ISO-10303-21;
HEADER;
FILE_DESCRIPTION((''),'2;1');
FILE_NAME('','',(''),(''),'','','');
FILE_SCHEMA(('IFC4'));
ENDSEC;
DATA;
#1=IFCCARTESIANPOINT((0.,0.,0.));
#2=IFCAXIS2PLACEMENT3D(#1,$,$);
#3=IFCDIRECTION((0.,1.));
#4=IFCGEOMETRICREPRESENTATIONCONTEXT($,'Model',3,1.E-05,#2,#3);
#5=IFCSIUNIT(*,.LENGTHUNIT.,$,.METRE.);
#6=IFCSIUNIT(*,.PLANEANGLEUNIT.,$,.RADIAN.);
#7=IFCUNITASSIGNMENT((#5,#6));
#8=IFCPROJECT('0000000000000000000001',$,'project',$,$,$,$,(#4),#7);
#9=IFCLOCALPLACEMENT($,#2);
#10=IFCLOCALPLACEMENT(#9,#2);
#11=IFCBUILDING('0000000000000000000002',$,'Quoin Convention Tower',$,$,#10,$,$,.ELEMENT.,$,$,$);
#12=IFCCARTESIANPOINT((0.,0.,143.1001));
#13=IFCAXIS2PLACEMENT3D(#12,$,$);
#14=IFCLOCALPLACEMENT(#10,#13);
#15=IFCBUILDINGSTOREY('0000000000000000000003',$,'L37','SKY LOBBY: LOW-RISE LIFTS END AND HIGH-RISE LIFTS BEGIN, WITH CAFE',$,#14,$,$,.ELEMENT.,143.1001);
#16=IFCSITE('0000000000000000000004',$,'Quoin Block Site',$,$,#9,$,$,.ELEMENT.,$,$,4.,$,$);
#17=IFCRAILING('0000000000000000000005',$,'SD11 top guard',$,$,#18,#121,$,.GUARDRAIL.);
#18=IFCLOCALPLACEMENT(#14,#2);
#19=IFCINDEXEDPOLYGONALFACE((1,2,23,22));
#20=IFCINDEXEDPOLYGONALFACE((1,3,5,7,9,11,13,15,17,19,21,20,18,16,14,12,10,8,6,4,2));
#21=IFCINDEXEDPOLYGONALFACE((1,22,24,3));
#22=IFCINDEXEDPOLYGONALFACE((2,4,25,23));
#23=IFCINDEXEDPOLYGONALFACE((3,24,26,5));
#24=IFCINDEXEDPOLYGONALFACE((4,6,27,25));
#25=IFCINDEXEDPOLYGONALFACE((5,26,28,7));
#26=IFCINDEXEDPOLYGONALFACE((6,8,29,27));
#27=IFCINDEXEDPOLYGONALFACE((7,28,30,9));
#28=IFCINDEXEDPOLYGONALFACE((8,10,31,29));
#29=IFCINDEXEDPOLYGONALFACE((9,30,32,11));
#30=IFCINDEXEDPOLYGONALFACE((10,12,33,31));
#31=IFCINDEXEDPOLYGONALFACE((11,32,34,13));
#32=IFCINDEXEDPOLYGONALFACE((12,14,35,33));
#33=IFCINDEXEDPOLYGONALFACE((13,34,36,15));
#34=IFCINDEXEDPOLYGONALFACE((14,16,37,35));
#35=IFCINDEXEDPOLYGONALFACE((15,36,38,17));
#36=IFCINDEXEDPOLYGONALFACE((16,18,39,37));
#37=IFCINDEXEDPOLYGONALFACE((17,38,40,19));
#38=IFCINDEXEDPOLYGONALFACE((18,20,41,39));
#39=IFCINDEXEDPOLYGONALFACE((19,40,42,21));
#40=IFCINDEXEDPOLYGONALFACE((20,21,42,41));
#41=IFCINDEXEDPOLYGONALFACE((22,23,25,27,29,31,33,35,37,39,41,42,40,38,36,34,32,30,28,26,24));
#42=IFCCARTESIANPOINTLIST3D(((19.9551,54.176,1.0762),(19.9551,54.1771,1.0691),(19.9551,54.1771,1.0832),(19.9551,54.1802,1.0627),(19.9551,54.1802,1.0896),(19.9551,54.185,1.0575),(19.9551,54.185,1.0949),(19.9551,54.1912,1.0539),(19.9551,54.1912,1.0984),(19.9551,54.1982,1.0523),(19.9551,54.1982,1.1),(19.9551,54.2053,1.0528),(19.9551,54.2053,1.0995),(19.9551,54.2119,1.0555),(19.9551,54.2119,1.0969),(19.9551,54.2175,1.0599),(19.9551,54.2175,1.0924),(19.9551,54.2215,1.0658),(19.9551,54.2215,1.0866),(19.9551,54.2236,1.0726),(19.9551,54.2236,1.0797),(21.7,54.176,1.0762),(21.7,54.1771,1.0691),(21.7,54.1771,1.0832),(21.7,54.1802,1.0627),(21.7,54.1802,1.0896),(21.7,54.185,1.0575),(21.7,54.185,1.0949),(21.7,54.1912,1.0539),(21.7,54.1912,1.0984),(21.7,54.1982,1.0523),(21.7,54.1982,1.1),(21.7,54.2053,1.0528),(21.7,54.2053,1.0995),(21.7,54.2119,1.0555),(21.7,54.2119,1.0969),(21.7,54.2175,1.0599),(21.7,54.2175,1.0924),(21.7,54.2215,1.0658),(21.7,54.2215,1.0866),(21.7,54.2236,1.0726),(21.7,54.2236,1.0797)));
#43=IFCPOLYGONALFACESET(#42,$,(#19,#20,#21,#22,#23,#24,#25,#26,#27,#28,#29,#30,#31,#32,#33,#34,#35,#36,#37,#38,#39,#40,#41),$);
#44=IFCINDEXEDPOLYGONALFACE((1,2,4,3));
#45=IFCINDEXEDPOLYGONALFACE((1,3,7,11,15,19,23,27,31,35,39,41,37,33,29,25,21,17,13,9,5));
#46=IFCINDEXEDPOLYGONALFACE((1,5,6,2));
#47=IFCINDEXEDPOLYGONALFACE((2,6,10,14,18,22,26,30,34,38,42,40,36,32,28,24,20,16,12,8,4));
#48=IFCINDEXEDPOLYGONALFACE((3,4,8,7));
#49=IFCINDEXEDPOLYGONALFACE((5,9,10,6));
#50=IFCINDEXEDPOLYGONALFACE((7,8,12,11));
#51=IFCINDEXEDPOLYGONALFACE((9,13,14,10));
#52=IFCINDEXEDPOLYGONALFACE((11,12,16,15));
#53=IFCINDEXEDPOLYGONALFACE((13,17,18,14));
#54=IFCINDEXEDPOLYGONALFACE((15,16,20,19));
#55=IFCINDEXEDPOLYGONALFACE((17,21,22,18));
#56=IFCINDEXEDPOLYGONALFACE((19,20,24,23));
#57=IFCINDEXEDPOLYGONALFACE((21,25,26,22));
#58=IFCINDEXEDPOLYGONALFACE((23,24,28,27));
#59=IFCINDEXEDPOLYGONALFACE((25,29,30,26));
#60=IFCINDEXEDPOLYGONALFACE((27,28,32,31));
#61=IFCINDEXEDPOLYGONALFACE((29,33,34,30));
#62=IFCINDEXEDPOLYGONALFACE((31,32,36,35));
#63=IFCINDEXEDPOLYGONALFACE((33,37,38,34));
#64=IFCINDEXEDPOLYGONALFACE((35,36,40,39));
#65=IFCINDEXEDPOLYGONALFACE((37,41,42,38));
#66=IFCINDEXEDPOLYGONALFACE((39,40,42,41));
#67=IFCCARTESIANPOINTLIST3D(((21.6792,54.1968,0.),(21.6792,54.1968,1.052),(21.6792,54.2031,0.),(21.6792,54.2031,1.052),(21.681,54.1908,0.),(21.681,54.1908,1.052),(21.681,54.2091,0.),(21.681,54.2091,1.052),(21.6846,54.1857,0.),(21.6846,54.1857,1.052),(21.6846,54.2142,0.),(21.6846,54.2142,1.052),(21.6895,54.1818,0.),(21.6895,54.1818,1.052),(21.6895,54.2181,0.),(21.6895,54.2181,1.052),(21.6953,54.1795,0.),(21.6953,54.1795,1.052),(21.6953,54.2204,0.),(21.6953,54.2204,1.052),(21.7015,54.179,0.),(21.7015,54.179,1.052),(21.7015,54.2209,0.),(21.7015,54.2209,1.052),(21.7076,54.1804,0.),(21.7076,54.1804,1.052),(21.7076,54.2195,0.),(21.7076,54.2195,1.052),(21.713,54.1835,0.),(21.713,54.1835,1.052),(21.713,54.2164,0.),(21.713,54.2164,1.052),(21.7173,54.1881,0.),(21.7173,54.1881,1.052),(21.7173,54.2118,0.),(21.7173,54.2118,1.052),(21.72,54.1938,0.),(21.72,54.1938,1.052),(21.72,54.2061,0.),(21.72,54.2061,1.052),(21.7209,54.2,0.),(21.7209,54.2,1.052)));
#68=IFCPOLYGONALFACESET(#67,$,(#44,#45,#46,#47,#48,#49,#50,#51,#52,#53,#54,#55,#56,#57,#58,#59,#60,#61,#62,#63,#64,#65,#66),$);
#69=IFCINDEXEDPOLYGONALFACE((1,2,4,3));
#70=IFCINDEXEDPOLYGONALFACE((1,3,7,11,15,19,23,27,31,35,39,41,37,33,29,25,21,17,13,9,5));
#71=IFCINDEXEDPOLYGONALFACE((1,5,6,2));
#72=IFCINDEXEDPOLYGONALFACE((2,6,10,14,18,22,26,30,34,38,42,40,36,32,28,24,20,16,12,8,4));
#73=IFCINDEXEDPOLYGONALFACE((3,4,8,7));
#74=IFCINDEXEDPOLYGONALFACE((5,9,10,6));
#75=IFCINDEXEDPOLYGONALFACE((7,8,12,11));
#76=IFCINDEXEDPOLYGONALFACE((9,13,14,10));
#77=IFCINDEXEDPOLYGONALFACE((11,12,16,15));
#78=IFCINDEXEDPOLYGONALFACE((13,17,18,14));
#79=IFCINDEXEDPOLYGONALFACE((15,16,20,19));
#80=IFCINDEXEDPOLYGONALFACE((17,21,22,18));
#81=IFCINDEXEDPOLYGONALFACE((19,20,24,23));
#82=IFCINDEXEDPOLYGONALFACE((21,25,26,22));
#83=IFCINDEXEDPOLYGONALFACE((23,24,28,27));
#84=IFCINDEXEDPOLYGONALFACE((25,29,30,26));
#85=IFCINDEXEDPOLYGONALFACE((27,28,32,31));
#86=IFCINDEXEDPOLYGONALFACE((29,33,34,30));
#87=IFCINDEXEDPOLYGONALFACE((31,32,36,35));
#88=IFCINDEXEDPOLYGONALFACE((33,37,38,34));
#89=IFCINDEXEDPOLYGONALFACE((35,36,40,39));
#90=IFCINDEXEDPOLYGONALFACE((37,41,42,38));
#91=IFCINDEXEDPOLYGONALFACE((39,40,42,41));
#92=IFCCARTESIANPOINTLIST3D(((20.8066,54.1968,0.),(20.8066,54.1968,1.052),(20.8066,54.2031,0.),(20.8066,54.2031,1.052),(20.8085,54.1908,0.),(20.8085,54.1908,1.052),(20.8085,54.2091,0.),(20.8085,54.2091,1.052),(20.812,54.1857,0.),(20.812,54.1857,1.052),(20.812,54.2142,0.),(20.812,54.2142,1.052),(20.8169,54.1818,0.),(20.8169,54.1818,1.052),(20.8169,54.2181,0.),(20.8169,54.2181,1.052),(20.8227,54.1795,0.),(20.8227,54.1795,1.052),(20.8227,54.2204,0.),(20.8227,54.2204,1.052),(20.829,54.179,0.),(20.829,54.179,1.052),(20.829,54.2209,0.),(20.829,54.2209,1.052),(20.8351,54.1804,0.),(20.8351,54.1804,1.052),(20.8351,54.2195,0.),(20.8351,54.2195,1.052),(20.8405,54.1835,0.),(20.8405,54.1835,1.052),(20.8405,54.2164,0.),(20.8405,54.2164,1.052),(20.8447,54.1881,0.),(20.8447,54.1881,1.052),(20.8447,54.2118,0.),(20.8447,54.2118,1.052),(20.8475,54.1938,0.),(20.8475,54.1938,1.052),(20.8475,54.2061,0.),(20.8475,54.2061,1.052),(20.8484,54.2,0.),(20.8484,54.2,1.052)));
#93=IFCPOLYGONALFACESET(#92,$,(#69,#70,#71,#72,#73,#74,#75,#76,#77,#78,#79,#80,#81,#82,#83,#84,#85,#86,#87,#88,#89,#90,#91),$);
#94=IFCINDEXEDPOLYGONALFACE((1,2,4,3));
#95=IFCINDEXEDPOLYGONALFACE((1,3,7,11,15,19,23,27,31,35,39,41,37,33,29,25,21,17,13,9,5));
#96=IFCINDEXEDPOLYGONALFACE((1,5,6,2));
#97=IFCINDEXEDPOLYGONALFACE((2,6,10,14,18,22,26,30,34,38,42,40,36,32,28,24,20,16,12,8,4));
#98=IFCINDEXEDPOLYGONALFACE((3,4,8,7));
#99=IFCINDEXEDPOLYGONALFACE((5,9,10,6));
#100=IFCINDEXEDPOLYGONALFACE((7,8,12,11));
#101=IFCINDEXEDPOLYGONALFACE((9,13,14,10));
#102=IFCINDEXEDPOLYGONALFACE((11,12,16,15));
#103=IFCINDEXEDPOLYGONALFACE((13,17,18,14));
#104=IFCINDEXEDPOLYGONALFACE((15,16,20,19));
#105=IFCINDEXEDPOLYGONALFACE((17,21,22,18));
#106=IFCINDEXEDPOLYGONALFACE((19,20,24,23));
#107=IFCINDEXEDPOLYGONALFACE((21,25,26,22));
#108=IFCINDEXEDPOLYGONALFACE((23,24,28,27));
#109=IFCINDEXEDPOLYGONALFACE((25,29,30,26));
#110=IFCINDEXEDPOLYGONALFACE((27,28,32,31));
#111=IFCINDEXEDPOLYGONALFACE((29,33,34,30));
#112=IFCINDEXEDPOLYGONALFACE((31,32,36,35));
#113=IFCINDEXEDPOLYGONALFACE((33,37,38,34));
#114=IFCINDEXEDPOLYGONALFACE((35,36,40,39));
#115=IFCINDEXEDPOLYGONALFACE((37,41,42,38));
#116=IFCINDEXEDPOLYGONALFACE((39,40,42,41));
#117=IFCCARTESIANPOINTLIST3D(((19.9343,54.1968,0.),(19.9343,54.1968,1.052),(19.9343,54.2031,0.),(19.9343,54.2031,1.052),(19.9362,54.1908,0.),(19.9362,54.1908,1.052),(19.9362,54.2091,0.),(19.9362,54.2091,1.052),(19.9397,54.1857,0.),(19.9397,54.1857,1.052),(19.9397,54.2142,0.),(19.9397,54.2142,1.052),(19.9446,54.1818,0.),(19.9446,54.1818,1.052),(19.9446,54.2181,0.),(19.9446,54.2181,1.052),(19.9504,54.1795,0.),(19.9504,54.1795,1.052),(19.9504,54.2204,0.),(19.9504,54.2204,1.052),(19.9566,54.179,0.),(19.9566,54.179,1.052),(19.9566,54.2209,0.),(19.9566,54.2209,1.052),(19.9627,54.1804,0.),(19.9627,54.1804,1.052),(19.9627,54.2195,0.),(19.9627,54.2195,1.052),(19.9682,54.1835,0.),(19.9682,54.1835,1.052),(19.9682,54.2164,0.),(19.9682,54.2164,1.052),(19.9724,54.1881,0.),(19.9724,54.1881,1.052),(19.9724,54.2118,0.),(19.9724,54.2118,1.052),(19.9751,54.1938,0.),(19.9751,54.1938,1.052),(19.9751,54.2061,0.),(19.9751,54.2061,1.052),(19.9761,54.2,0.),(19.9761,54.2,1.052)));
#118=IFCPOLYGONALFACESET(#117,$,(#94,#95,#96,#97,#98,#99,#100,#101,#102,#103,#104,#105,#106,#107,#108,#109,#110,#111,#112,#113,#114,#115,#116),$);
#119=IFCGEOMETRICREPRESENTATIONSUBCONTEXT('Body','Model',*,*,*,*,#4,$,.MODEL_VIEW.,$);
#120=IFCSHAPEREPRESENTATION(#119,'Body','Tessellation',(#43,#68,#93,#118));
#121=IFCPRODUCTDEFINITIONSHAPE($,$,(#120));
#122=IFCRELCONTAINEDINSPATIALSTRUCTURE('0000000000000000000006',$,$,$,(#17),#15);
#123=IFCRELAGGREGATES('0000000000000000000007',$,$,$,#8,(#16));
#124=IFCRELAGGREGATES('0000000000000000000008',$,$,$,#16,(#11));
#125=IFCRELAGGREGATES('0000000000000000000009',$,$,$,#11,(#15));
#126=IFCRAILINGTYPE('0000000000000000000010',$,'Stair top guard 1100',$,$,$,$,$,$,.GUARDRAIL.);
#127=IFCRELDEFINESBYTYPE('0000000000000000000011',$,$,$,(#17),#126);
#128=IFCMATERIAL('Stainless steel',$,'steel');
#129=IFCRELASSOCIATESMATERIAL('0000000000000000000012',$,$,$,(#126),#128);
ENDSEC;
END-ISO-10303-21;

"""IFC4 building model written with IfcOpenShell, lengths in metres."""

from ifc_helpers import new_model, si_unit, direction, frame, origin, origin_2d, place, context, subcontext, project, spatial, circle, extrude, material, type_object, element, save


model = new_model("IFC4")

# Units and contexts
model_context = context("Model", 3, precision=1e-05, world=origin(), true_north=direction((0.0, 1.0)))
body_context = subcontext(model_context, "Body", "Model", "MODEL_VIEW")
ifc_project = project(units=[si_unit("LENGTHUNIT", "METRE"), si_unit("PLANEANGLEUNIT", "RADIAN")], contexts=[model_context])

# Site, building, storey
site_placement = place(None, origin())
site = spatial("IfcSite", under=ifc_project, at=site_placement, Name="Quoin Block Site", CompositionType="ELEMENT", RefElevation=4.0)
building_placement = place(site_placement, origin())
building = spatial("IfcBuilding", under=site, at=building_placement, Name="Quoin Convention Tower", CompositionType="ELEMENT")
storey_placement = place(building_placement, frame((0.0, 0.0, 143.1001)))
storey = spatial("IfcBuildingStorey", under=building, at=storey_placement, Name="L37", Description="SKY LOBBY: LOW-RISE LIFTS END AND HIGH-RISE LIFTS BEGIN, WITH CAFE", CompositionType="ELEMENT", Elevation=143.1001)

# Railing
ifc_material_1 = material(Name="Stainless steel", Category="steel")
railing_type_1 = type_object("IfcRailingType", Name="Stair top guard 1100", PredefinedType="GUARDRAIL", material=ifc_material_1)
railing_1_placement = place(storey_placement, frame((21.7, 54.2, 0.0)))
element("IfcRailing", 1, at=railing_1_placement, inside=storey, type_object=railing_type_1, Name="SD11 top guard", PredefinedType="GUARDRAIL", context=body_context, shape_type="SweptSolid", body=[
    extrude(circle(Radius=0.0239, at=origin_2d()), frame((0.0, 0.0, 1.0762), z_axis=(-1.0, 0.0, 0.0), x_axis=(0.0, -1.0, 0.0)), (0.0, 0.0, 1.0), 1.7449),
    extrude(circle(Radius=0.021, at=origin_2d()), origin(), (0.0, 0.0, 1.0), 1.052),
    extrude(circle(Radius=0.021, at=origin_2d()), frame((-0.8726, 0.0, 0.0)), (0.0, 0.0, 1.0), 1.052),
    extrude(circle(Radius=0.021, at=origin_2d()), frame((-1.7449, 0.0, 0.0)), (0.0, 0.0, 1.0), 1.052),
])

save(model, "model.ifc")
